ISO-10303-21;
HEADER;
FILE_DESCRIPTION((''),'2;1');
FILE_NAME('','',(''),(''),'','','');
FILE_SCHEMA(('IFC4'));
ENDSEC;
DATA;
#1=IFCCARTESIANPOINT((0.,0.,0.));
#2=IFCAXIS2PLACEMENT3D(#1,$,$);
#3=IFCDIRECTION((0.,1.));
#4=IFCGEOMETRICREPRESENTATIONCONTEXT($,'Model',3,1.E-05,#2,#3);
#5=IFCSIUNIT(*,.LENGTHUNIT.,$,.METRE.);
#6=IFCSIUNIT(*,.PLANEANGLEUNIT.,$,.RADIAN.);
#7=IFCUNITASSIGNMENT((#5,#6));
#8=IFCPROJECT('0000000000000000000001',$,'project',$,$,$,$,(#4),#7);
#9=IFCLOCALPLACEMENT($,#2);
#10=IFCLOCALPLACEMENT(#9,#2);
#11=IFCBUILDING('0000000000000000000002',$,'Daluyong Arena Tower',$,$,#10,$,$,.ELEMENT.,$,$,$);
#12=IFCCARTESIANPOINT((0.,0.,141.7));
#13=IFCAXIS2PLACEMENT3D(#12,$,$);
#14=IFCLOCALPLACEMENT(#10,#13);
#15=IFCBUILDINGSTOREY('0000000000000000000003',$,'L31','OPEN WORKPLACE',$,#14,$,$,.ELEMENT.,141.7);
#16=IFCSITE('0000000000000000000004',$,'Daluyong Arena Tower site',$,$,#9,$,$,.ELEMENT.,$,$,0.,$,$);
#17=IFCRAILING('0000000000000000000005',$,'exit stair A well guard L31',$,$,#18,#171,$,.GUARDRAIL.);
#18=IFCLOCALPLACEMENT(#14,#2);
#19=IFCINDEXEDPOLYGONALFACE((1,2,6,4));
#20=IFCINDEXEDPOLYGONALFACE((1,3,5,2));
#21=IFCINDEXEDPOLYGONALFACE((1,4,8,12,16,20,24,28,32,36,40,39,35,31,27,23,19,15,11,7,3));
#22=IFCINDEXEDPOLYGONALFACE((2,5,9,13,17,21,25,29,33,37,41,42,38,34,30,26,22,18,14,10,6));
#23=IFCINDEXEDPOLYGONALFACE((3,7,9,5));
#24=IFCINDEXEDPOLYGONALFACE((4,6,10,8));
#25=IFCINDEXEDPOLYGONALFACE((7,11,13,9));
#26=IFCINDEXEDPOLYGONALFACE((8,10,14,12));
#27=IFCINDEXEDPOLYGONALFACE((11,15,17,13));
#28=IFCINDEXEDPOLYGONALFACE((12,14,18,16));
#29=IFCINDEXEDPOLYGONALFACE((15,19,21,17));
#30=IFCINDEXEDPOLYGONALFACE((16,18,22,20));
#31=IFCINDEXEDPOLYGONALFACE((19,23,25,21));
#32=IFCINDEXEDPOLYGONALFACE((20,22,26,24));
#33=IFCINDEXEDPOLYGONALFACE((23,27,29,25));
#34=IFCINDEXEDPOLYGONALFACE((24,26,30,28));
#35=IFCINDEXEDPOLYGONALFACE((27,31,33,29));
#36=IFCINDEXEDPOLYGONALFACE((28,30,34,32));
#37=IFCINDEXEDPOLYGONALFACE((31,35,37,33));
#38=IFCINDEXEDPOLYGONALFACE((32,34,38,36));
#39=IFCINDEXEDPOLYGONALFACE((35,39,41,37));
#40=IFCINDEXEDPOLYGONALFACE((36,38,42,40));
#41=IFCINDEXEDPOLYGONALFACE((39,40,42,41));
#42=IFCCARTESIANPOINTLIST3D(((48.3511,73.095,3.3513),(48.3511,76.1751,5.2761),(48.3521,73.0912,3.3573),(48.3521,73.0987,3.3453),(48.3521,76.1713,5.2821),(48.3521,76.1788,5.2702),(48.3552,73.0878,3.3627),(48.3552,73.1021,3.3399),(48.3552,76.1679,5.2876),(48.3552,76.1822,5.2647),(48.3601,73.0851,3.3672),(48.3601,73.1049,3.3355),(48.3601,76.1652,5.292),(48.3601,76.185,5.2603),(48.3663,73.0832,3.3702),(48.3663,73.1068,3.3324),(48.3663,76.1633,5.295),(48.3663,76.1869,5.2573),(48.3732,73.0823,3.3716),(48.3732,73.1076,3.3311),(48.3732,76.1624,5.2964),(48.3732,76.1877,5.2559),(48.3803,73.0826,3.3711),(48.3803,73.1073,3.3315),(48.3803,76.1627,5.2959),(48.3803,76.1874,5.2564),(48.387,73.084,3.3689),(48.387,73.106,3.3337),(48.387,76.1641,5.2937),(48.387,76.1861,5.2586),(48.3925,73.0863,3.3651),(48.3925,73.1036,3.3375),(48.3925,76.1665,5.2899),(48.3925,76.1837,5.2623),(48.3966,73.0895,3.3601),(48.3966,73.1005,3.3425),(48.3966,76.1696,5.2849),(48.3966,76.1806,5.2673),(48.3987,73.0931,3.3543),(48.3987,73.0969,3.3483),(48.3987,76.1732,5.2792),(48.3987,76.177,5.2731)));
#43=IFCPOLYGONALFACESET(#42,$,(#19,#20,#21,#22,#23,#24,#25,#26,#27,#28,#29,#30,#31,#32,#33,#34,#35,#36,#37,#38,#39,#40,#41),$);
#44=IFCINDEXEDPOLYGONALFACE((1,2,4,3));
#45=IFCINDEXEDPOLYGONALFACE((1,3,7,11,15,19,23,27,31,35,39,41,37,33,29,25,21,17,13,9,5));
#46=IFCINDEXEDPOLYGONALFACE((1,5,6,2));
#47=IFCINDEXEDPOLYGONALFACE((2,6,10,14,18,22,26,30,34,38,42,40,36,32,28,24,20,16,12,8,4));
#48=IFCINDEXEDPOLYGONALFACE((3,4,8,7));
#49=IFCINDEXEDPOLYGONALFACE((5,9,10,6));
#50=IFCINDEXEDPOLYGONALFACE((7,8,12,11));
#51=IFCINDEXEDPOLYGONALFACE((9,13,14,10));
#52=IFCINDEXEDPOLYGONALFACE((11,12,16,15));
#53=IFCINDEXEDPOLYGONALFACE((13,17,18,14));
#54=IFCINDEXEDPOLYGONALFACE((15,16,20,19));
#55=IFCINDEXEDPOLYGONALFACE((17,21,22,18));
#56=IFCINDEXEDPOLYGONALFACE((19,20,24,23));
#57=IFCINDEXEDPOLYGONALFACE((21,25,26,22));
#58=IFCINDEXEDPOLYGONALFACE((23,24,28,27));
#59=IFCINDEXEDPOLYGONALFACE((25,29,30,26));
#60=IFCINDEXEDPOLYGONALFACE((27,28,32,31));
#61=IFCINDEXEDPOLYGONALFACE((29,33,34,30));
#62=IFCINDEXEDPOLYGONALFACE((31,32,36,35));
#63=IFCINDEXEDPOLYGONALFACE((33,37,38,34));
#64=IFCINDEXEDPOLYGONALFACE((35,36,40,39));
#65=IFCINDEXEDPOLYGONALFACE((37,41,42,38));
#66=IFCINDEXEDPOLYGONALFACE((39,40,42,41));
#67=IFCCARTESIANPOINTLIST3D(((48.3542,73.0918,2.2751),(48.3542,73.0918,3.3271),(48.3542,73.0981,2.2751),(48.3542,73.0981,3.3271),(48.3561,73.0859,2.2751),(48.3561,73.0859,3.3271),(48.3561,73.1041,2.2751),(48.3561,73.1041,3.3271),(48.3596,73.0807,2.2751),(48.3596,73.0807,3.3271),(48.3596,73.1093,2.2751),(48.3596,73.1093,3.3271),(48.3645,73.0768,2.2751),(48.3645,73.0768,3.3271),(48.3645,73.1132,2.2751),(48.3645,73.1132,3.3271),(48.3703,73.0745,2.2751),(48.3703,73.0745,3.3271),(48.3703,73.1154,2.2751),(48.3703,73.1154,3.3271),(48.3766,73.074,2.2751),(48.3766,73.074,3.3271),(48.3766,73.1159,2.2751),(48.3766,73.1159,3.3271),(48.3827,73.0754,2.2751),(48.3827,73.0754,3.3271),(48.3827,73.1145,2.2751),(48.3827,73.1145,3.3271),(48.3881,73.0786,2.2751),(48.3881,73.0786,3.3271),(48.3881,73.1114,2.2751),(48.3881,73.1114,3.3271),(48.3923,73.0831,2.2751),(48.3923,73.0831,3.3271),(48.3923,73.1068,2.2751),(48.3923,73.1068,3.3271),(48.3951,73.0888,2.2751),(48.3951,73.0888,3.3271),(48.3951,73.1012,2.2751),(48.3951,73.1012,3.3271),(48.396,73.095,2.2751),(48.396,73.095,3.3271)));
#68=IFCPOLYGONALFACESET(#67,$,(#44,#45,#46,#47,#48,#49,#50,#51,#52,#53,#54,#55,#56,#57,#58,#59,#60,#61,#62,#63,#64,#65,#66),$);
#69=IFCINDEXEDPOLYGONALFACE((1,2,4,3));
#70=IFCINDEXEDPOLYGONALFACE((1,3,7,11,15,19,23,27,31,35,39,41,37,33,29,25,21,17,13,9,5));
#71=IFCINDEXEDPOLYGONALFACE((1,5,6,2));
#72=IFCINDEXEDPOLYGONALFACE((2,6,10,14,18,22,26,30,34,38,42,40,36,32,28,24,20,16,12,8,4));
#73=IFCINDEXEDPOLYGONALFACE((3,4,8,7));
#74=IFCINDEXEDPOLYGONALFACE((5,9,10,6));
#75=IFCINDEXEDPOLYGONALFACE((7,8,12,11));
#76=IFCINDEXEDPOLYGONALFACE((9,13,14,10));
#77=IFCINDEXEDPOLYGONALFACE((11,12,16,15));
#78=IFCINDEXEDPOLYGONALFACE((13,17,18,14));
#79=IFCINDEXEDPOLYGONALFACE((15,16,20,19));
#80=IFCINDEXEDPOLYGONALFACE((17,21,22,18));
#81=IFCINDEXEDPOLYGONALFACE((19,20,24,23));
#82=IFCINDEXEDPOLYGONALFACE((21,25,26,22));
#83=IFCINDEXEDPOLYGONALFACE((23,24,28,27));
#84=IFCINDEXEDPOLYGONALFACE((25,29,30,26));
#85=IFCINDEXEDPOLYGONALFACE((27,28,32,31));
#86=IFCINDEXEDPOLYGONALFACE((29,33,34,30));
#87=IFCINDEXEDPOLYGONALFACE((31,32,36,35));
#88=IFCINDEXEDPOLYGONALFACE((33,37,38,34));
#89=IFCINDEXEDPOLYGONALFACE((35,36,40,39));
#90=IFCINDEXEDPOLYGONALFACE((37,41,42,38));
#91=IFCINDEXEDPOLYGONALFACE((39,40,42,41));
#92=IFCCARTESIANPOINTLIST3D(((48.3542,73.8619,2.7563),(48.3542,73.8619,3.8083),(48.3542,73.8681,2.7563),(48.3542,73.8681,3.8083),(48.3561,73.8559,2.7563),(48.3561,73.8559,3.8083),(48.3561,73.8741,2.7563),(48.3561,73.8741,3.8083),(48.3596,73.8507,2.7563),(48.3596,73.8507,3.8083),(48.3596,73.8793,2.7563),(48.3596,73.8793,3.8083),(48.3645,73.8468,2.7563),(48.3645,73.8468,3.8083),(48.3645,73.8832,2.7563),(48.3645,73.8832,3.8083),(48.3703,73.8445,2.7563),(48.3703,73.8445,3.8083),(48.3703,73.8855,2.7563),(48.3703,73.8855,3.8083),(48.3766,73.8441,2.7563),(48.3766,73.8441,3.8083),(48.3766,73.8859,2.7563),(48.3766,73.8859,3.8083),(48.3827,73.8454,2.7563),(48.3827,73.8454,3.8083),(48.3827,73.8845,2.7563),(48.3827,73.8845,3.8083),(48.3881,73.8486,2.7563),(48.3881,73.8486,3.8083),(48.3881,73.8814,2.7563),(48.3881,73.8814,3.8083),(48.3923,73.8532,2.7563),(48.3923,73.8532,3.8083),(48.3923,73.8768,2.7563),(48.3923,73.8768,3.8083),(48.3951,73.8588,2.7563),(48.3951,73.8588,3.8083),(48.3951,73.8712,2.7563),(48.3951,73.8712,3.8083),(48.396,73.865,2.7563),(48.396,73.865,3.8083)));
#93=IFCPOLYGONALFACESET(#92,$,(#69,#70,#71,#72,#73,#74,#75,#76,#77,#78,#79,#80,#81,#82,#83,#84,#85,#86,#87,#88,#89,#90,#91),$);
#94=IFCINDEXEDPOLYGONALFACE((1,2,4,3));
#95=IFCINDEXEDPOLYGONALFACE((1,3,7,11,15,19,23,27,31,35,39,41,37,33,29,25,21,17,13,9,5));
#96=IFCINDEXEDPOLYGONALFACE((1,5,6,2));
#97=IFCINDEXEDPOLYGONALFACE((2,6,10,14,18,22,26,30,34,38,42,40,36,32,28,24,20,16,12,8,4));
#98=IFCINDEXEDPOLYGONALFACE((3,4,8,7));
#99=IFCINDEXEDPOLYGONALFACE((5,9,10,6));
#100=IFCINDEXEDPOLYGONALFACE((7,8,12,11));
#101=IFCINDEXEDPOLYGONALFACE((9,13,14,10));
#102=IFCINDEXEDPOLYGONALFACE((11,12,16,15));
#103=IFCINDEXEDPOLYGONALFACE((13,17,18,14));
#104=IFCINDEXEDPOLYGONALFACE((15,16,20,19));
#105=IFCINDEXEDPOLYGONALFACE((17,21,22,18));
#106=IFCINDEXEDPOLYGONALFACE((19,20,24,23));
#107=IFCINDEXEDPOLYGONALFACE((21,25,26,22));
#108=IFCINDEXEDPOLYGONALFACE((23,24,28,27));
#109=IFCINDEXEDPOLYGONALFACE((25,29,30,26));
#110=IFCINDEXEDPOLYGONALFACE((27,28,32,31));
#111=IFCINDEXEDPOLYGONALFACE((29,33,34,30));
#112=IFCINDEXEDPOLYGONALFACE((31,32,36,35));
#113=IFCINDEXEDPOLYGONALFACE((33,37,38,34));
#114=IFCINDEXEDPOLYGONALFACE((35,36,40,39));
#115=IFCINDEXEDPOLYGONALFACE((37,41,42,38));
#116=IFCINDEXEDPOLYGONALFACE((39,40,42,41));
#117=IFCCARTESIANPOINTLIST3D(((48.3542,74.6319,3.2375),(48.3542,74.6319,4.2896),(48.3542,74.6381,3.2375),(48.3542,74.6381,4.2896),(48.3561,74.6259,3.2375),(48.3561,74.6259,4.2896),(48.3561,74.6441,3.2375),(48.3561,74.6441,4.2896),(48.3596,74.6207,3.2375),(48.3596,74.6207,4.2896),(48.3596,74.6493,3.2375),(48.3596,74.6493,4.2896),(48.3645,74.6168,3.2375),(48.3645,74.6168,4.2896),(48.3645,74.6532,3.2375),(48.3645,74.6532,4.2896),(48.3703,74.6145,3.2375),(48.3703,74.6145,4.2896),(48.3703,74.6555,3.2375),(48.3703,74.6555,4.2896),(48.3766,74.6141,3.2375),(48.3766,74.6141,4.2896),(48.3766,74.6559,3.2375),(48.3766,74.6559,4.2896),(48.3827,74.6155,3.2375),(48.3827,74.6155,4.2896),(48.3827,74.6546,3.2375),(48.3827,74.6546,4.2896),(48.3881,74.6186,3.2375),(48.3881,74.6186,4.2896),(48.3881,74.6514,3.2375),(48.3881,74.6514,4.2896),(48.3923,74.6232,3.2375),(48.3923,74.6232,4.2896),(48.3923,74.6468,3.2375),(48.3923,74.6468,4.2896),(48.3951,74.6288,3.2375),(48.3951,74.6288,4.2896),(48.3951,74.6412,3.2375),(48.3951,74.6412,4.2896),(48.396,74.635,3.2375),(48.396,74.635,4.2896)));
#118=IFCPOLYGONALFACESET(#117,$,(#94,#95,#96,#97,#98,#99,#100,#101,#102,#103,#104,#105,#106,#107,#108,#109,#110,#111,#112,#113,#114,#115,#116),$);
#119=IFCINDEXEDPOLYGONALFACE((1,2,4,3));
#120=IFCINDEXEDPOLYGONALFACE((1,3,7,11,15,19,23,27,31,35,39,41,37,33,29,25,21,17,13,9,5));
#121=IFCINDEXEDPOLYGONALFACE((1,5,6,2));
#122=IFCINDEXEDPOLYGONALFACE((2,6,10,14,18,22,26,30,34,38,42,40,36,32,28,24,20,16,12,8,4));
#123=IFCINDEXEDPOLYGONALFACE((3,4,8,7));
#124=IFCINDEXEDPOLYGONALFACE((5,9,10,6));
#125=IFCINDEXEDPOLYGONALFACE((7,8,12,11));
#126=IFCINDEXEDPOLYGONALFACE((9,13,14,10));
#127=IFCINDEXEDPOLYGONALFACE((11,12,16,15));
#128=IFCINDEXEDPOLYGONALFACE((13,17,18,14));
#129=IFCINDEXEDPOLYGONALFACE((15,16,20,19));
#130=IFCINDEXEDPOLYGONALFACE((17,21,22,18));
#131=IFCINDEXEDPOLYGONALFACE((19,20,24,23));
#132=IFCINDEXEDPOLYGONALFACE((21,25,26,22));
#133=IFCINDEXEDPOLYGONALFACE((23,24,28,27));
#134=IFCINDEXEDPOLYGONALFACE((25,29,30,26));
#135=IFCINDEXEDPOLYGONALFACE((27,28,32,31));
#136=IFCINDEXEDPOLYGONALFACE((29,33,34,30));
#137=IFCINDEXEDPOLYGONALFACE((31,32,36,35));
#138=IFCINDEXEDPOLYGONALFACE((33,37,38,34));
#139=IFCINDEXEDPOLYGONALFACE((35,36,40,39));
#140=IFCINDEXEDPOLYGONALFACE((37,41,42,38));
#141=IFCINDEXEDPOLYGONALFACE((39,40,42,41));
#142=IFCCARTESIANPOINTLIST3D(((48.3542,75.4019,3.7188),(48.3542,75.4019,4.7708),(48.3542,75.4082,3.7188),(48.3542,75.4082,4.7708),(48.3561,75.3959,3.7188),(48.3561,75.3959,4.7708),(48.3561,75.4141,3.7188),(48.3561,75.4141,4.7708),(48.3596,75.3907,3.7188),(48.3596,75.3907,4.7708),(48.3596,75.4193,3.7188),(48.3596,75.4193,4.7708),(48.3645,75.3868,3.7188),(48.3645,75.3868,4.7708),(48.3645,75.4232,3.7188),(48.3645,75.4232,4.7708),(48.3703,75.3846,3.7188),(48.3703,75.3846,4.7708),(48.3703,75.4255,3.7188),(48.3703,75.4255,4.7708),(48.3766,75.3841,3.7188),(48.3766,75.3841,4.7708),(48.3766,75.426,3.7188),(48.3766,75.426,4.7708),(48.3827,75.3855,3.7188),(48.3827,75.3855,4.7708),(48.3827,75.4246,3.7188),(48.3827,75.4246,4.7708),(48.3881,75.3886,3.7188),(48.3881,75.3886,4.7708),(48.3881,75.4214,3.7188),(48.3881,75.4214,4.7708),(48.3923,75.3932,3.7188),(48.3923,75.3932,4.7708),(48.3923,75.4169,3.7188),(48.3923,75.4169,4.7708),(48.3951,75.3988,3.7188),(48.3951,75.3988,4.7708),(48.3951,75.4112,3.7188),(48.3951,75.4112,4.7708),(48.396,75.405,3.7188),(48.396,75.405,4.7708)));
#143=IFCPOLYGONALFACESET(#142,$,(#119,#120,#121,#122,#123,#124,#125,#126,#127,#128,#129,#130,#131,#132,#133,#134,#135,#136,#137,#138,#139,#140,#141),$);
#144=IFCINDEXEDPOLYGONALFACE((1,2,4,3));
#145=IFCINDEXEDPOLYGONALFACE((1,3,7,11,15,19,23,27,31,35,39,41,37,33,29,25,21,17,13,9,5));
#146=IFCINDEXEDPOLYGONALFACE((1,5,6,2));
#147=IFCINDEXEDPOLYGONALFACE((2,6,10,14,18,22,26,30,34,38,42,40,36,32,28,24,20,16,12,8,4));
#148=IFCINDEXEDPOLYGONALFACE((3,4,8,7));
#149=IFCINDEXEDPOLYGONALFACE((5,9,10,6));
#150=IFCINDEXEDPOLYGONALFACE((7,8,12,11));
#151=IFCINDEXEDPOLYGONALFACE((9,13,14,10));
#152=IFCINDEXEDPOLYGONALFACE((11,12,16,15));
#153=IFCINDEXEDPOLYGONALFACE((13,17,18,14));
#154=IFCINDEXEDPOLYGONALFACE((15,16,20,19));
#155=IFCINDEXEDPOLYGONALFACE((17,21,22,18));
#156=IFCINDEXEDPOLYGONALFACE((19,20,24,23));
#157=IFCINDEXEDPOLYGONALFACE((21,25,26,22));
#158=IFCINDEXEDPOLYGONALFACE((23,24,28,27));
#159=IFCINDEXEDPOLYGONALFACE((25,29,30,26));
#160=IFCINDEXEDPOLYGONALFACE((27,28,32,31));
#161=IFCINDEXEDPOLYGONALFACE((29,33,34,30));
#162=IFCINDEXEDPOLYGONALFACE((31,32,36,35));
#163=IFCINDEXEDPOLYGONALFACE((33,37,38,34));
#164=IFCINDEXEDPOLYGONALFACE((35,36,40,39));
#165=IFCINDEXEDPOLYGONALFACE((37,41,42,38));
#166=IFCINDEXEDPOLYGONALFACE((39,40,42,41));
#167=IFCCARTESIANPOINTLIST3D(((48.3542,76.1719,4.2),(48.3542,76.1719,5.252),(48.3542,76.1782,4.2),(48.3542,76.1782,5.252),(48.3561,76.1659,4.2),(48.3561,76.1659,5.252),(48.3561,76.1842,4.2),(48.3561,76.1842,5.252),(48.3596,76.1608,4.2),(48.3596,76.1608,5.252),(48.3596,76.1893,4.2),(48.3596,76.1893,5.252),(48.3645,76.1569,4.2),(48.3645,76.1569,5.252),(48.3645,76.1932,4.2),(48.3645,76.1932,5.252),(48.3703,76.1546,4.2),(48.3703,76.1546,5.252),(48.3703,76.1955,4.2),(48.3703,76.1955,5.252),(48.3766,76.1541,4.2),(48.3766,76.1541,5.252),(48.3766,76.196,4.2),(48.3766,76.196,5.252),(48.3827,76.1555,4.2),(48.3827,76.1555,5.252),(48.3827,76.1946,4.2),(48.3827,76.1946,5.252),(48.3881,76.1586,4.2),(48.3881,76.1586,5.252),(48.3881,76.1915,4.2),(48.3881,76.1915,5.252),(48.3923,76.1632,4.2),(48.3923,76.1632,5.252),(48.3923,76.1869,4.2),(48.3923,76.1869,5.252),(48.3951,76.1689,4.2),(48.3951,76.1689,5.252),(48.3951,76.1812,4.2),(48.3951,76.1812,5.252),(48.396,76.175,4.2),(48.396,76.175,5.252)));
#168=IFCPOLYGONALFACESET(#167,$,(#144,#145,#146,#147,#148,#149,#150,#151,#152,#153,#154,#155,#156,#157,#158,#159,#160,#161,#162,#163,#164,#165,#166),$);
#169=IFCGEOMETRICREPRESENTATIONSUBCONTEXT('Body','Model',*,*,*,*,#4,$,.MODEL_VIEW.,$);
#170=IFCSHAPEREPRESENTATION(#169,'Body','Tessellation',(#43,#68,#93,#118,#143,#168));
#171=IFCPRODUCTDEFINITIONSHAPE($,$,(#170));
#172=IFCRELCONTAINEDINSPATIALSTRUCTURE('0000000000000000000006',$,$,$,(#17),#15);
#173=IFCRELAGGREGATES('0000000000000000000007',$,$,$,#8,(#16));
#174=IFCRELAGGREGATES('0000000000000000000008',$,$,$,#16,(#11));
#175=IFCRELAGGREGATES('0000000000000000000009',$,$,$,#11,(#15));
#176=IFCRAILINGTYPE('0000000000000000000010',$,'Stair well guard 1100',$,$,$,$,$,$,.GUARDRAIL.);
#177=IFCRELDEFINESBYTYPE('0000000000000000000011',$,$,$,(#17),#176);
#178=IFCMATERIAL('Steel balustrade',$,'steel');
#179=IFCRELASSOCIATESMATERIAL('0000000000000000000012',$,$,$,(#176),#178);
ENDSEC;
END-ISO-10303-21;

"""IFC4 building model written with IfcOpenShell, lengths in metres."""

from ifc_helpers import new_model, si_unit, direction, frame, origin, origin_2d, place, context, subcontext, project, spatial, circle, extrude, material, type_object, element, save


model = new_model("IFC4")

# Units and contexts
model_context = context("Model", 3, precision=1e-05, world=origin(), true_north=direction((0.0, 1.0)))
body_context = subcontext(model_context, "Body", "Model", "MODEL_VIEW")
ifc_project = project(units=[si_unit("LENGTHUNIT", "METRE"), si_unit("PLANEANGLEUNIT", "RADIAN")], contexts=[model_context])

# Site, building, storey
site_placement = place(None, origin())
site = spatial("IfcSite", under=ifc_project, at=site_placement, Name="Daluyong Arena Tower site", CompositionType="ELEMENT", RefElevation=0.0)
building_placement = place(site_placement, origin())
building = spatial("IfcBuilding", under=site, at=building_placement, Name="Daluyong Arena Tower", CompositionType="ELEMENT")
storey_placement = place(building_placement, frame((0.0, 0.0, 141.7)))
storey = spatial("IfcBuildingStorey", under=building, at=storey_placement, Name="L31", Description="OPEN WORKPLACE", CompositionType="ELEMENT", Elevation=141.7)

# Railing
ifc_material_1 = material(Name="Steel balustrade", Category="steel")
railing_type_1 = type_object("IfcRailingType", Name="Stair well guard 1100", PredefinedType="GUARDRAIL", material=ifc_material_1)
railing_1_placement = place(storey_placement, frame((48.375, 73.095, 2.2751)))
element("IfcRailing", 1, at=railing_1_placement, inside=storey, type_object=railing_type_1, Name="exit stair A well guard L31", PredefinedType="GUARDRAIL", context=body_context, shape_type="SweptSolid", body=[
    extrude(circle(Radius=0.0239, at=origin_2d()), frame((0.0, 0.0, 1.0762), z_axis=(0.0, 0.848029, 0.529951), x_axis=(-1.0, 0.0, 0.0)), (0.0, 0.0, 1.0), 3.6321),
    extrude(circle(Radius=0.021, at=origin_2d()), origin(), (0.0, 0.0, 1.0), 1.052),
    extrude(circle(Radius=0.021, at=origin_2d()), frame((0.0, 0.77, 0.4812)), (0.0, 0.0, 1.0), 1.052),
    extrude(circle(Radius=0.021, at=origin_2d()), frame((0.0, 1.54, 0.9624)), (0.0, 0.0, 1.0), 1.052),
    extrude(circle(Radius=0.021, at=origin_2d()), frame((0.0, 2.3101, 1.4436)), (0.0, 0.0, 1.0), 1.052),
    extrude(circle(Radius=0.021, at=origin_2d()), frame((0.0, 3.0801, 1.9248)), (0.0, 0.0, 1.0), 1.052),
])

save(model, "model.ifc")
